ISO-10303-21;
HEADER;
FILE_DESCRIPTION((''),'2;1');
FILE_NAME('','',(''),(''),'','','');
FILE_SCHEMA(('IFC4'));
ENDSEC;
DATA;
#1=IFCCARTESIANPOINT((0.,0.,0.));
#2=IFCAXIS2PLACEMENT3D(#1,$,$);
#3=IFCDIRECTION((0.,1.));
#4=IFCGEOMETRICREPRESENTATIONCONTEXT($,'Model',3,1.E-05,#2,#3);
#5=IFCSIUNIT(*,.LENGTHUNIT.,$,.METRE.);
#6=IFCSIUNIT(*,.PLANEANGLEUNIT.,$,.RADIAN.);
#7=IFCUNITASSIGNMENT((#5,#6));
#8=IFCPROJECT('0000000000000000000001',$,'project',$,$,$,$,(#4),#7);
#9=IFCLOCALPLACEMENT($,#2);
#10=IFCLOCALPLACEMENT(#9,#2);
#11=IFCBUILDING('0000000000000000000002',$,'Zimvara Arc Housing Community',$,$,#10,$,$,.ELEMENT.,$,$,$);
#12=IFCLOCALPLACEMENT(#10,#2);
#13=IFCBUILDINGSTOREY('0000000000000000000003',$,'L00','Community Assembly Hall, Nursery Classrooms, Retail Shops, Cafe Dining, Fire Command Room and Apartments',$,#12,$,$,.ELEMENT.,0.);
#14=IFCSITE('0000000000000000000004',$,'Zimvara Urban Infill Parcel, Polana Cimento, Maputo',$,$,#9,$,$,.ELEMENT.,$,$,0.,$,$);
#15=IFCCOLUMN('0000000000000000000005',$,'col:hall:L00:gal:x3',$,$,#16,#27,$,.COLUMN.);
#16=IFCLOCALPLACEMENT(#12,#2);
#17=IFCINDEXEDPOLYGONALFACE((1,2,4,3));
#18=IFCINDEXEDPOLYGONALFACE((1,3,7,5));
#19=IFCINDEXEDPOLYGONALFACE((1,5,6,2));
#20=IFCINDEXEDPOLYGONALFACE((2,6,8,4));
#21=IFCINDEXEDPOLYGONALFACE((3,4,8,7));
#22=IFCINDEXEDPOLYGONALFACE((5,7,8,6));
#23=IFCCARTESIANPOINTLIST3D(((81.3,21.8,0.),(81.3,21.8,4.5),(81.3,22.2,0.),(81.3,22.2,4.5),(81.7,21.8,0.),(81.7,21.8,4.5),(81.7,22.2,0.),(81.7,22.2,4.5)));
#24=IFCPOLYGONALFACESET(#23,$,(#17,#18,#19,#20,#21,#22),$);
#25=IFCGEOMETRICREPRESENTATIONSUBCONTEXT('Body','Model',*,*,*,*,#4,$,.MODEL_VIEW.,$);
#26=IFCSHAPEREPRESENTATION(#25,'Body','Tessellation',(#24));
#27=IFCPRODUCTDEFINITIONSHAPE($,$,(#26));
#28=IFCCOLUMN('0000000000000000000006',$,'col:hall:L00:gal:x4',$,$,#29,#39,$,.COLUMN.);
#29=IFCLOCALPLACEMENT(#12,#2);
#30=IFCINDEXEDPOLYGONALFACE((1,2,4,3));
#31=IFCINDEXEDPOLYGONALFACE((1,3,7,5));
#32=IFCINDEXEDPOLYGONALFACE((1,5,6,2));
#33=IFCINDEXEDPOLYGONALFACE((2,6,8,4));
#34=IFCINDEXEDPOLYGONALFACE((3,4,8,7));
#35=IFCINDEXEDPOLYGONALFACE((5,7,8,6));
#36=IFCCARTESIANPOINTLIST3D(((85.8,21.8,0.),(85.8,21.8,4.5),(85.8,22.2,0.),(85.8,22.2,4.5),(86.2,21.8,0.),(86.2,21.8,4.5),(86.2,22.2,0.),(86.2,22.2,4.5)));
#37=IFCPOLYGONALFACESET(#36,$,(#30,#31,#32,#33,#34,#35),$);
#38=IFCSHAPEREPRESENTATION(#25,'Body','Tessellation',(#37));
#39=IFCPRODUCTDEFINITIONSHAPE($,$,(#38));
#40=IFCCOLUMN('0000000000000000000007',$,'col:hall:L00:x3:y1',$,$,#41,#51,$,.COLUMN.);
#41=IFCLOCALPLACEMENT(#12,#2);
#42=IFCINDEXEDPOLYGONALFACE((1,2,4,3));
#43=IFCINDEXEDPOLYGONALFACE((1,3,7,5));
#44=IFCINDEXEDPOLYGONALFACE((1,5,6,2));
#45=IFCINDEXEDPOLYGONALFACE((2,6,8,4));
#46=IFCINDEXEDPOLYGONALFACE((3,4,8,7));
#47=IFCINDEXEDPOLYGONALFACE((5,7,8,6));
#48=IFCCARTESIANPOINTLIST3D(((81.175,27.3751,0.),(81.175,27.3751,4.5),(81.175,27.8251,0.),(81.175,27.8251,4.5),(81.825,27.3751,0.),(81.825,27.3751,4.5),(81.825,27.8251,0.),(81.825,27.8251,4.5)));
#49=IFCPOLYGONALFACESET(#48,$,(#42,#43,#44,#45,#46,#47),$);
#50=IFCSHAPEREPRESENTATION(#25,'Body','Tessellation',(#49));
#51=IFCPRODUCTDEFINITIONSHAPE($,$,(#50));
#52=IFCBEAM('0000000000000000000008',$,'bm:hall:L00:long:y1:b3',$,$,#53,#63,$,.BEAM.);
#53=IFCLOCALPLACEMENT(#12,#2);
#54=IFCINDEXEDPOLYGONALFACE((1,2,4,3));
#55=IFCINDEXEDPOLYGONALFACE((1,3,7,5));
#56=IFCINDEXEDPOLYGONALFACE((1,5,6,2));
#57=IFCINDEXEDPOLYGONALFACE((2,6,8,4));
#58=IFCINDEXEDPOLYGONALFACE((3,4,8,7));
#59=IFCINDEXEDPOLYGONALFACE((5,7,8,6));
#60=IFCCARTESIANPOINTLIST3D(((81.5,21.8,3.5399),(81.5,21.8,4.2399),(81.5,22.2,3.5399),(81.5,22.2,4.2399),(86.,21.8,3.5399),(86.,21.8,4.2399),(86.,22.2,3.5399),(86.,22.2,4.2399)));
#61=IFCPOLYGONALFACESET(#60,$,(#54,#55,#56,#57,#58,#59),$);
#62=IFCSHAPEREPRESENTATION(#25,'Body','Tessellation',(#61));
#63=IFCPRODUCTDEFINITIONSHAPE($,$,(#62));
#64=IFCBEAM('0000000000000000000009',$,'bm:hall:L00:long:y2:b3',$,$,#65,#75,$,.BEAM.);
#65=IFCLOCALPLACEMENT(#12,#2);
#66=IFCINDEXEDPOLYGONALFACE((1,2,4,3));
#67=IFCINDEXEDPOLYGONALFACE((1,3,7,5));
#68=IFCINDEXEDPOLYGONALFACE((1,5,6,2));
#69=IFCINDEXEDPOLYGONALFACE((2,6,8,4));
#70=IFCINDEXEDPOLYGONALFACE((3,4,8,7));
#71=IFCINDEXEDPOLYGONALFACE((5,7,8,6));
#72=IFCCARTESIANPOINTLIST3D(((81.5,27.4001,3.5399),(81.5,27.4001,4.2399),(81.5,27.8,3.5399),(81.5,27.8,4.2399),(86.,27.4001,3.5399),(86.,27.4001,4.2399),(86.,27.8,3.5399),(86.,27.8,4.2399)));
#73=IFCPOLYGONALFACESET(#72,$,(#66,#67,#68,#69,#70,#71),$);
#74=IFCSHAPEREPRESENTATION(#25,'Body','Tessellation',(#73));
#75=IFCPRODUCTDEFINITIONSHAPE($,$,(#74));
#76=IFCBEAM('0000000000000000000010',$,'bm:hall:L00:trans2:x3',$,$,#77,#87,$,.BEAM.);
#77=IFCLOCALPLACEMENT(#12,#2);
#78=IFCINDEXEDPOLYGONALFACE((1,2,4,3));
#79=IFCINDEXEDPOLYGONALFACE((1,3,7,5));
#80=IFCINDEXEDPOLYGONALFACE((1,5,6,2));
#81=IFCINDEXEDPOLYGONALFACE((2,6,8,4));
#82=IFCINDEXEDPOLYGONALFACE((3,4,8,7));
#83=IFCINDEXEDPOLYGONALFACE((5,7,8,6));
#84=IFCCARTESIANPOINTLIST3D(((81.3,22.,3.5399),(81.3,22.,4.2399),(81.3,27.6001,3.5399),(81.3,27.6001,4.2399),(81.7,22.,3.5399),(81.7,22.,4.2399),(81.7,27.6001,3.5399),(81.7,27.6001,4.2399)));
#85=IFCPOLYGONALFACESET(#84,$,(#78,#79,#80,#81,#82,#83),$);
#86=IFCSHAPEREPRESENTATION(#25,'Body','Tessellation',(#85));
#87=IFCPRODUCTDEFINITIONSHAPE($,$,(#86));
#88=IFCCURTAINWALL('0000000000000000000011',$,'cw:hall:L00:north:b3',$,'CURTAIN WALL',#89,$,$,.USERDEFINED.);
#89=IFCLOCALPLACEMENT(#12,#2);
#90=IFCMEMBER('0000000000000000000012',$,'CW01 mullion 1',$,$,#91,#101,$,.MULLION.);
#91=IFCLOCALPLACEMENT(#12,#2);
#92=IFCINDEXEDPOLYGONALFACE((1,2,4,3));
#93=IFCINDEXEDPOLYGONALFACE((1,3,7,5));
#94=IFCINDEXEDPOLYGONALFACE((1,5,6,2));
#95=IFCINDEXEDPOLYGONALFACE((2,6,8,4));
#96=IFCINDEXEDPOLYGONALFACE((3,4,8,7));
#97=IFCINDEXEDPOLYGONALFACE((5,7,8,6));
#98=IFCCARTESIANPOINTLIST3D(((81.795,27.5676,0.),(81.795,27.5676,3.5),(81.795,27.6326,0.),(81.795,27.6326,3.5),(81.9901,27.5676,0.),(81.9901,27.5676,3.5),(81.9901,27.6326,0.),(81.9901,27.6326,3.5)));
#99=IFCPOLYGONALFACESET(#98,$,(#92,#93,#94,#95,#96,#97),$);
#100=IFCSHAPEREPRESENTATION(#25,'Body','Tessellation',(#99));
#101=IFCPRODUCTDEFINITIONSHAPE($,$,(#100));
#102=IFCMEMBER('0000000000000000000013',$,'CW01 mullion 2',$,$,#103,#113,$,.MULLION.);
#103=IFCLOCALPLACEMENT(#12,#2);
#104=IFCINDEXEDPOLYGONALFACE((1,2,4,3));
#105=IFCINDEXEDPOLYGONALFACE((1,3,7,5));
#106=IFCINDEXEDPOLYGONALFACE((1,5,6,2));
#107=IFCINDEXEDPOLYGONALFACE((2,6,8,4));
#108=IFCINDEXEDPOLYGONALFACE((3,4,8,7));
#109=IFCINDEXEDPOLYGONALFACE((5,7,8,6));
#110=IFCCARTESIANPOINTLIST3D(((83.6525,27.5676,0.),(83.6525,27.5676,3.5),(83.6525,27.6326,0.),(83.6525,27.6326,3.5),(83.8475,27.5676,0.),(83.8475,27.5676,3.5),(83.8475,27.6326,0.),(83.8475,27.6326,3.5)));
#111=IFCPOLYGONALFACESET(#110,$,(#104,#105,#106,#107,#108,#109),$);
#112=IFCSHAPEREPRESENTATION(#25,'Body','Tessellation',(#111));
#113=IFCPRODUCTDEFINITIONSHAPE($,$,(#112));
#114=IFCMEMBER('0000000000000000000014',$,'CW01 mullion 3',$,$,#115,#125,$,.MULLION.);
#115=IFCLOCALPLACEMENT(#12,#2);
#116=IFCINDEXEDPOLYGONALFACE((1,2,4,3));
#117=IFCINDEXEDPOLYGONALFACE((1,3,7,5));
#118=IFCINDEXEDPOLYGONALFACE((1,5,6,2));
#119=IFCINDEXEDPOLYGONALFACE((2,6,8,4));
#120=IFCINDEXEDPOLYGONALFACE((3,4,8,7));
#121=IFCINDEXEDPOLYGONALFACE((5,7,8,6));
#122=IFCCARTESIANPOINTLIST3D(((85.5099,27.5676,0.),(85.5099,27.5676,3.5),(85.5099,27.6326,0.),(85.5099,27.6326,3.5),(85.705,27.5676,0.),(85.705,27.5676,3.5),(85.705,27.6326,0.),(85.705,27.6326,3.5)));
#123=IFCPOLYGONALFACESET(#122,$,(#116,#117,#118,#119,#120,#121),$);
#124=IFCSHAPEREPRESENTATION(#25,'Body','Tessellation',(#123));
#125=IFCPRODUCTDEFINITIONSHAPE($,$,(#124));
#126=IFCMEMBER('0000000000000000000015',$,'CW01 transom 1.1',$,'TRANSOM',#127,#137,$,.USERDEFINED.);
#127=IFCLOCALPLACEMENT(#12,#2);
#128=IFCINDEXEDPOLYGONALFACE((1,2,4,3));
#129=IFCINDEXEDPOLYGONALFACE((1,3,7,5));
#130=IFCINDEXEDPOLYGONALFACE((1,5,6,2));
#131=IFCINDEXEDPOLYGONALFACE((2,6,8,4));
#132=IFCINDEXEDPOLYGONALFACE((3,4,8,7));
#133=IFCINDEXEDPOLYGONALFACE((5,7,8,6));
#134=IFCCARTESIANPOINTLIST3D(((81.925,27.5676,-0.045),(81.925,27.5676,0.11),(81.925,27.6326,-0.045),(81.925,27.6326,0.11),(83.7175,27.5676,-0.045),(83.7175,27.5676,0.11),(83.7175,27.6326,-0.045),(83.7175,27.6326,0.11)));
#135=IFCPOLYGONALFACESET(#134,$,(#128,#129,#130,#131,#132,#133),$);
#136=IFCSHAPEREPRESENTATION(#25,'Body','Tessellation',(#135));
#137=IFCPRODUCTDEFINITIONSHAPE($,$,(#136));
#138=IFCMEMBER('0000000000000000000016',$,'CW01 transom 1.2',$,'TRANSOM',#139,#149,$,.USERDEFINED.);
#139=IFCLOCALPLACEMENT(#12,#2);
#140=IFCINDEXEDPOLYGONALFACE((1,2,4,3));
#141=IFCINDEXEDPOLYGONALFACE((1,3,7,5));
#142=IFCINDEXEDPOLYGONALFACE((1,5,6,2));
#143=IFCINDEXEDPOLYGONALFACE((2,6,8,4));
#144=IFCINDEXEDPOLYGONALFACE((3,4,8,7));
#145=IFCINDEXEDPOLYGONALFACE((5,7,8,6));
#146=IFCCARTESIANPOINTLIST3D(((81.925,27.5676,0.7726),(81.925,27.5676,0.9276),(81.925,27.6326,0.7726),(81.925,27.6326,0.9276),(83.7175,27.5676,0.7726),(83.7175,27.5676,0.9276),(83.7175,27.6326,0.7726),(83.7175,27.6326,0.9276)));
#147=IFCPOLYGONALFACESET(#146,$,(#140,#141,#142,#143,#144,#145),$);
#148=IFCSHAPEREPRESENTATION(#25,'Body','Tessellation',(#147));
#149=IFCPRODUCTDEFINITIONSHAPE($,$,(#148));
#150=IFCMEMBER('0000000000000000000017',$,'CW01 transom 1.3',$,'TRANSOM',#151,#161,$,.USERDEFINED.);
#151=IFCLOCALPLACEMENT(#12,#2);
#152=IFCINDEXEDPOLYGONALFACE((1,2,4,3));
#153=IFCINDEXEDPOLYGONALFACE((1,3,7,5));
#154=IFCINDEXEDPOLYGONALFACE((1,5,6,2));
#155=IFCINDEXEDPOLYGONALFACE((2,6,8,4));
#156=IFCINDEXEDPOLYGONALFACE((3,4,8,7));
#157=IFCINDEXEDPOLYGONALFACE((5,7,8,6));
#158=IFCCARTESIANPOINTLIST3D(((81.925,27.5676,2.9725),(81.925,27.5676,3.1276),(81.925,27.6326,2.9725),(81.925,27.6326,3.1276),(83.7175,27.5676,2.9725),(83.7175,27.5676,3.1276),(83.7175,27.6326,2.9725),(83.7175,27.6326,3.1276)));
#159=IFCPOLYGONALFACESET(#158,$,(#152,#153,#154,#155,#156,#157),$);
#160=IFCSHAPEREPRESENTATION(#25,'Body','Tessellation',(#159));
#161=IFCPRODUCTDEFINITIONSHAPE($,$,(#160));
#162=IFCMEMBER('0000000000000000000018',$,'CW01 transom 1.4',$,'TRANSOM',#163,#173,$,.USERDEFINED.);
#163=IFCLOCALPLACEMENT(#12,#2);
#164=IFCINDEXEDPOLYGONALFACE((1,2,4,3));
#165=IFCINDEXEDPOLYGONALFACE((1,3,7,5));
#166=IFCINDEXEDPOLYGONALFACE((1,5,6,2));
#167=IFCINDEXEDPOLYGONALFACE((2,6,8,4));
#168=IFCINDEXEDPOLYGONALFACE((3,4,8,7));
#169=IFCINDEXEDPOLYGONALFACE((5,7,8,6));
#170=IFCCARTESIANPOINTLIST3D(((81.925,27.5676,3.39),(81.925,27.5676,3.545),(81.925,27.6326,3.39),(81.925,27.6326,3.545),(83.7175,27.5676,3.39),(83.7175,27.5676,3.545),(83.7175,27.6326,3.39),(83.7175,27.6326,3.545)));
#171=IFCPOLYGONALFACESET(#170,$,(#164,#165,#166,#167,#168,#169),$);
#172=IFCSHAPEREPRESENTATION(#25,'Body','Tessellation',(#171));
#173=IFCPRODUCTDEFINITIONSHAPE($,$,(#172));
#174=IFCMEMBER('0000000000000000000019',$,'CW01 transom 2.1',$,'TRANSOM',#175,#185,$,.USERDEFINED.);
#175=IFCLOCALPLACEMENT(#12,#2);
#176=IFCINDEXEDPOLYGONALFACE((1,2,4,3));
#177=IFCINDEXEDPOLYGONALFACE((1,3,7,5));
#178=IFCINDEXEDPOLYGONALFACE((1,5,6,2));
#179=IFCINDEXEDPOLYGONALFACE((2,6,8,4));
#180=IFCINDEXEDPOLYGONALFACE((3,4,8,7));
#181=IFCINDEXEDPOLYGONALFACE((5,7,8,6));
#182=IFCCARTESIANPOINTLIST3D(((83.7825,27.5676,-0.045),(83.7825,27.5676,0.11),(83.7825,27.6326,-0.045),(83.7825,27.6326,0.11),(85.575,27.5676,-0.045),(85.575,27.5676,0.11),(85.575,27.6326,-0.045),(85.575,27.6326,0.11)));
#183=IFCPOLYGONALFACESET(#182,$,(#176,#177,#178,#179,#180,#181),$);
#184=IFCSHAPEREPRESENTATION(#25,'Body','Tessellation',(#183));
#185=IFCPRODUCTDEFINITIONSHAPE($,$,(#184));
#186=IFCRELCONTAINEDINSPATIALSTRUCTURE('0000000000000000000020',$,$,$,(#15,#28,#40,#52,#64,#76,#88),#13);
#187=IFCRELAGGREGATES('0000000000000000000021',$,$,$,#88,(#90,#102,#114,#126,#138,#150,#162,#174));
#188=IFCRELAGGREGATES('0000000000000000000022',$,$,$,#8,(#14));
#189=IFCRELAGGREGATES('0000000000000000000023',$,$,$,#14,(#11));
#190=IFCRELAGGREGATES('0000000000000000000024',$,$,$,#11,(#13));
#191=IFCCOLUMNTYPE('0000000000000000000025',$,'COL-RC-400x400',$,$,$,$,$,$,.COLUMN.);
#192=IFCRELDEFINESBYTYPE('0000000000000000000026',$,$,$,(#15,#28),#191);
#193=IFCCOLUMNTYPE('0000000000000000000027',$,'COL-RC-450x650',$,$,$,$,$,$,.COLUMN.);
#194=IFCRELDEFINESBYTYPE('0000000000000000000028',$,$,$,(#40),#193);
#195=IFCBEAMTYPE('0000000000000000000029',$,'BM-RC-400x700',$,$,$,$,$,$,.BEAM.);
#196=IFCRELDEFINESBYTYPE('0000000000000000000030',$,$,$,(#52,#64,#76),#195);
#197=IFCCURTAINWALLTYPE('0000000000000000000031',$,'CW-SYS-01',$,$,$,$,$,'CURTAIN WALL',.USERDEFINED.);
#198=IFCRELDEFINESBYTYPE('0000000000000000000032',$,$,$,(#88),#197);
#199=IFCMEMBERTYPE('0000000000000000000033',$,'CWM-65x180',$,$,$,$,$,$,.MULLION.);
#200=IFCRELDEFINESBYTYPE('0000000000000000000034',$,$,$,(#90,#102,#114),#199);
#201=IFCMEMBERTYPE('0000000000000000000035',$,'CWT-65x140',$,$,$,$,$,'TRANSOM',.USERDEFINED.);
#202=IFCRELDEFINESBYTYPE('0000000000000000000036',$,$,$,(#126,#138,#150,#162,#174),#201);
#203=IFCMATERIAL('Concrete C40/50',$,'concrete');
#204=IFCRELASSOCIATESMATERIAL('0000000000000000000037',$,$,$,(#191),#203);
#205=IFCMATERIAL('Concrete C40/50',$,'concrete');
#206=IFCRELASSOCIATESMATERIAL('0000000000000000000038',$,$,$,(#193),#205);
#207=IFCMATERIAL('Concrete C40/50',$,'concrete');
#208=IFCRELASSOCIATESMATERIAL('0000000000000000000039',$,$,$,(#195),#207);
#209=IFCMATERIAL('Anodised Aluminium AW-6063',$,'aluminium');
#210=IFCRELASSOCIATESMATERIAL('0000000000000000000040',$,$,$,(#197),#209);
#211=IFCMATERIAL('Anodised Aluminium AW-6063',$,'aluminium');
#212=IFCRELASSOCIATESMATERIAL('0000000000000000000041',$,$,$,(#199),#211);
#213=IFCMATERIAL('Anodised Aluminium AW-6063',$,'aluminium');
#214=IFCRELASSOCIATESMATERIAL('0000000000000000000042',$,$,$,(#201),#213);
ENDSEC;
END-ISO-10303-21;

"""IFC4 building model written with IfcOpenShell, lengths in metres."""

from ifc_helpers import new_model, si_unit, direction, frame, origin, origin_2d, place, context, subcontext, project, spatial, rectangle, extrude, material, material_profile, profile_set, type_object, element, aggregate, save


model = new_model("IFC4")

# Units and contexts
model_context = context("Model", 3, precision=1e-05, world=origin(), true_north=direction((0.0, 1.0)))
body_context = subcontext(model_context, "Body", "Model", "MODEL_VIEW")
ifc_project = project(units=[si_unit("LENGTHUNIT", "METRE"), si_unit("PLANEANGLEUNIT", "RADIAN")], contexts=[model_context])

# Site, building, storey
site_placement = place(None, origin())
site = spatial("IfcSite", under=ifc_project, at=site_placement, Name="Zimvara Urban Infill Parcel, Polana Cimento, Maputo", CompositionType="ELEMENT", RefElevation=0.0)
building_placement = place(site_placement, origin())
building = spatial("IfcBuilding", under=site, at=building_placement, Name="Zimvara Arc Housing Community", CompositionType="ELEMENT")
storey_placement = place(building_placement, origin())
storey = spatial("IfcBuildingStorey", under=building, at=storey_placement, Name="L00", Description="Community Assembly Hall, Nursery Classrooms, Retail Shops, Cafe Dining, Fire Command Room and Apartments", CompositionType="ELEMENT", Elevation=0.0)

# Columns
ifc_material_1 = material(Name="Concrete C40/50", Category="concrete")
ifc_material_profile_1 = material_profile(ifc_material_1, rectangle(XDim=0.3999, YDim=0.3999, at=origin_2d()), Name="RC 400x400")
ifc_profile_set_1 = profile_set([ifc_material_profile_1], Name="Concrete C40/50")
column_type_1 = type_object("IfcColumnType", Name="COL-RC-400x400", PredefinedType="COLUMN", material=ifc_profile_set_1)
for number, where, z_axis, x_axis, name in (
    (1, (81.5, 22.0, 0.0), (0.0, 0.0, 1.0), (1.0, 0.0, 0.0), "col:hall:L00:gal:x3"),
    (2, (86.0, 22.0, 0.0), (0.0, 0.0, 1.0), (1.0, 0.0, 0.0), "col:hall:L00:gal:x4"),
):
    element("IfcColumn", number, at=place(storey_placement, frame(where, z_axis=z_axis, x_axis=x_axis)), inside=storey, type_object=column_type_1, Name=name, PredefinedType="COLUMN", context=body_context, shape_type="SweptSolid", body=[
        extrude(rectangle(XDim=0.3999, YDim=0.3999, at=origin_2d()), origin(), (0.0, 0.0, 1.0), 4.5),
    ])
ifc_material_2 = material(Name="Concrete C40/50", Category="concrete")
ifc_material_profile_2 = material_profile(ifc_material_2, rectangle(XDim=0.45, YDim=0.6499, at=origin_2d()), Name="RC 450x650")
ifc_profile_set_2 = profile_set([ifc_material_profile_2], Name="Concrete C40/50")
column_type_2 = type_object("IfcColumnType", Name="COL-RC-450x650", PredefinedType="COLUMN", material=ifc_profile_set_2)
column_placement = place(storey_placement, frame((81.5, 27.6001, 0.0), z_axis=(0.0, 0.0, 1.0), x_axis=(0.0, 1.0, 0.0)))
element("IfcColumn", 3, at=column_placement, inside=storey, type_object=column_type_2, Name="col:hall:L00:x3:y1", PredefinedType="COLUMN", context=body_context, shape_type="SweptSolid", body=[
    extrude(rectangle(XDim=0.45, YDim=0.6499, at=origin_2d()), origin(), (0.0, 0.0, 1.0), 4.5),
])

# Beams
ifc_material_3 = material(Name="Concrete C40/50", Category="concrete")
ifc_material_profile_3 = material_profile(ifc_material_3, rectangle(XDim=0.3999, YDim=0.7, at=origin_2d()), Name="RC 400x700")
ifc_profile_set_3 = profile_set([ifc_material_profile_3], Name="Concrete C40/50")
beam_type = type_object("IfcBeamType", Name="BM-RC-400x700", PredefinedType="BEAM", material=ifc_profile_set_3)
for number, where, z_axis, x_axis, name in (
    (4, (81.5, 22.0, 3.8899), (1.0, 0.0, 0.0), (0.0, 1.0, 0.0), "bm:hall:L00:long:y1:b3"),
    (5, (81.5, 27.6001, 3.8899), (1.0, 0.0, 0.0), (0.0, 1.0, 0.0), "bm:hall:L00:long:y2:b3"),
):
    element("IfcBeam", number, at=place(storey_placement, frame(where, z_axis=z_axis, x_axis=x_axis)), inside=storey, type_object=beam_type, Name=name, PredefinedType="BEAM", context=body_context, shape_type="SweptSolid", body=[
        extrude(rectangle(XDim=0.3999, YDim=0.7, at=origin_2d()), origin(), (0.0, 0.0, 1.0), 4.5),
    ])
beam_placement = place(storey_placement, frame((81.5, 22.0, 3.8899), z_axis=(0.0, 1.0, 0.0), x_axis=(-1.0, 0.0, 0.0)))
element("IfcBeam", 6, at=beam_placement, inside=storey, type_object=beam_type, Name="bm:hall:L00:trans2:x3", PredefinedType="BEAM", context=body_context, shape_type="SweptSolid", body=[
    extrude(rectangle(XDim=0.3999, YDim=0.7, at=origin_2d()), origin(), (0.0, 0.0, 1.0), 5.6001),
])

# Curtain wall, members
ifc_material_4 = material(Name="Anodised Aluminium AW-6063", Category="aluminium")
curtain_wall_type = type_object("IfcCurtainWallType", Name="CW-SYS-01", ElementType="CURTAIN WALL", PredefinedType="USERDEFINED", material=ifc_material_4)
curtain_wall_placement = place(storey_placement, origin())
curtain_wall = element("IfcCurtainWall", 7, at=curtain_wall_placement, inside=storey, type_object=curtain_wall_type, Name="cw:hall:L00:north:b3", ObjectType="CURTAIN WALL", PredefinedType="USERDEFINED")
ifc_material_5 = material(Name="Anodised Aluminium AW-6063", Category="aluminium")
ifc_material_profile_4 = material_profile(ifc_material_5, rectangle(XDim=0.0649, YDim=0.1951, at=origin_2d()), Name="ALU 65x195")
ifc_profile_set_4 = profile_set([ifc_material_profile_4], Name="Anodised Aluminium AW-6063")
member_type_1 = type_object("IfcMemberType", Name="CWM-65x180", PredefinedType="MULLION", material=ifc_profile_set_4)
member_1_placement = place(storey_placement, frame((81.8926, 27.6001, 0.0), z_axis=(0.0, 0.0, 1.0), x_axis=(0.0, 1.0, 0.0)))
member_1 = element("IfcMember", 8, at=member_1_placement, type_object=member_type_1, Name="CW01 mullion 1", PredefinedType="MULLION", context=body_context, shape_type="SweptSolid", body=[
    extrude(rectangle(XDim=0.0649, YDim=0.1951, at=origin_2d()), origin(), (0.0, 0.0, 1.0), 3.5),
])
member_2_placement = place(storey_placement, frame((83.75, 27.6001, 0.0), z_axis=(0.0, 0.0, 1.0), x_axis=(0.0, 1.0, 0.0)))
member_2 = element("IfcMember", 9, at=member_2_placement, type_object=member_type_1, Name="CW01 mullion 2", PredefinedType="MULLION", context=body_context, shape_type="SweptSolid", body=[
    extrude(rectangle(XDim=0.0649, YDim=0.1951, at=origin_2d()), origin(), (0.0, 0.0, 1.0), 3.5),
])
member_3_placement = place(storey_placement, frame((85.6074, 27.6001, 0.0), z_axis=(0.0, 0.0, 1.0), x_axis=(0.0, 1.0, 0.0)))
member_3 = element("IfcMember", 10, at=member_3_placement, type_object=member_type_1, Name="CW01 mullion 3", PredefinedType="MULLION", context=body_context, shape_type="SweptSolid", body=[
    extrude(rectangle(XDim=0.0649, YDim=0.1951, at=origin_2d()), origin(), (0.0, 0.0, 1.0), 3.5),
])
ifc_material_6 = material(Name="Anodised Aluminium AW-6063", Category="aluminium")
ifc_material_profile_5 = material_profile(ifc_material_6, rectangle(XDim=0.0649, YDim=0.155, at=origin_2d()), Name="ALU 65x155")
ifc_profile_set_5 = profile_set([ifc_material_profile_5], Name="Anodised Aluminium AW-6063")
member_type_2 = type_object("IfcMemberType", Name="CWT-65x140", ElementType="TRANSOM", PredefinedType="USERDEFINED", material=ifc_profile_set_5)
member_4_placement = place(storey_placement, frame((81.925, 27.6001, 0.0325), z_axis=(1.0, 0.0, 0.0), x_axis=(0.0, 1.0, 0.0)))
member_4 = element("IfcMember", 11, at=member_4_placement, type_object=member_type_2, Name="CW01 transom 1.1", ObjectType="TRANSOM", PredefinedType="USERDEFINED", context=body_context, shape_type="SweptSolid", body=[
    extrude(rectangle(XDim=0.0649, YDim=0.155, at=origin_2d()), origin(), (0.0, 0.0, 1.0), 1.7925),
])
member_5_placement = place(storey_placement, frame((81.925, 27.6001, 0.8501), z_axis=(1.0, 0.0, 0.0), x_axis=(0.0, 1.0, 0.0)))
member_5 = element("IfcMember", 12, at=member_5_placement, type_object=member_type_2, Name="CW01 transom 1.2", ObjectType="TRANSOM", PredefinedType="USERDEFINED", context=body_context, shape_type="SweptSolid", body=[
    extrude(rectangle(XDim=0.0649, YDim=0.155, at=origin_2d()), origin(), (0.0, 0.0, 1.0), 1.7925),
])
member_6_placement = place(storey_placement, frame((81.925, 27.6001, 3.05), z_axis=(1.0, 0.0, 0.0), x_axis=(0.0, 1.0, 0.0)))
member_6 = element("IfcMember", 13, at=member_6_placement, type_object=member_type_2, Name="CW01 transom 1.3", ObjectType="TRANSOM", PredefinedType="USERDEFINED", context=body_context, shape_type="SweptSolid", body=[
    extrude(rectangle(XDim=0.0649, YDim=0.155, at=origin_2d()), origin(), (0.0, 0.0, 1.0), 1.7925),
])
member_7_placement = place(storey_placement, frame((81.925, 27.6001, 3.4675), z_axis=(1.0, 0.0, 0.0), x_axis=(0.0, 1.0, 0.0)))
member_7 = element("IfcMember", 14, at=member_7_placement, type_object=member_type_2, Name="CW01 transom 1.4", ObjectType="TRANSOM", PredefinedType="USERDEFINED", context=body_context, shape_type="SweptSolid", body=[
    extrude(rectangle(XDim=0.0649, YDim=0.155, at=origin_2d()), origin(), (0.0, 0.0, 1.0), 1.7925),
])
member_8_placement = place(storey_placement, frame((83.7825, 27.6001, 0.0325), z_axis=(1.0, 0.0, 0.0), x_axis=(0.0, 1.0, 0.0)))
member_8 = element("IfcMember", 15, at=member_8_placement, type_object=member_type_2, Name="CW01 transom 2.1", ObjectType="TRANSOM", PredefinedType="USERDEFINED", context=body_context, shape_type="SweptSolid", body=[
    extrude(rectangle(XDim=0.0649, YDim=0.155, at=origin_2d()), origin(), (0.0, 0.0, 1.0), 1.7925),
])
aggregate(curtain_wall, [member_1, member_2, member_3, member_4, member_5, member_6, member_7, member_8])

save(model, "model.ifc")
